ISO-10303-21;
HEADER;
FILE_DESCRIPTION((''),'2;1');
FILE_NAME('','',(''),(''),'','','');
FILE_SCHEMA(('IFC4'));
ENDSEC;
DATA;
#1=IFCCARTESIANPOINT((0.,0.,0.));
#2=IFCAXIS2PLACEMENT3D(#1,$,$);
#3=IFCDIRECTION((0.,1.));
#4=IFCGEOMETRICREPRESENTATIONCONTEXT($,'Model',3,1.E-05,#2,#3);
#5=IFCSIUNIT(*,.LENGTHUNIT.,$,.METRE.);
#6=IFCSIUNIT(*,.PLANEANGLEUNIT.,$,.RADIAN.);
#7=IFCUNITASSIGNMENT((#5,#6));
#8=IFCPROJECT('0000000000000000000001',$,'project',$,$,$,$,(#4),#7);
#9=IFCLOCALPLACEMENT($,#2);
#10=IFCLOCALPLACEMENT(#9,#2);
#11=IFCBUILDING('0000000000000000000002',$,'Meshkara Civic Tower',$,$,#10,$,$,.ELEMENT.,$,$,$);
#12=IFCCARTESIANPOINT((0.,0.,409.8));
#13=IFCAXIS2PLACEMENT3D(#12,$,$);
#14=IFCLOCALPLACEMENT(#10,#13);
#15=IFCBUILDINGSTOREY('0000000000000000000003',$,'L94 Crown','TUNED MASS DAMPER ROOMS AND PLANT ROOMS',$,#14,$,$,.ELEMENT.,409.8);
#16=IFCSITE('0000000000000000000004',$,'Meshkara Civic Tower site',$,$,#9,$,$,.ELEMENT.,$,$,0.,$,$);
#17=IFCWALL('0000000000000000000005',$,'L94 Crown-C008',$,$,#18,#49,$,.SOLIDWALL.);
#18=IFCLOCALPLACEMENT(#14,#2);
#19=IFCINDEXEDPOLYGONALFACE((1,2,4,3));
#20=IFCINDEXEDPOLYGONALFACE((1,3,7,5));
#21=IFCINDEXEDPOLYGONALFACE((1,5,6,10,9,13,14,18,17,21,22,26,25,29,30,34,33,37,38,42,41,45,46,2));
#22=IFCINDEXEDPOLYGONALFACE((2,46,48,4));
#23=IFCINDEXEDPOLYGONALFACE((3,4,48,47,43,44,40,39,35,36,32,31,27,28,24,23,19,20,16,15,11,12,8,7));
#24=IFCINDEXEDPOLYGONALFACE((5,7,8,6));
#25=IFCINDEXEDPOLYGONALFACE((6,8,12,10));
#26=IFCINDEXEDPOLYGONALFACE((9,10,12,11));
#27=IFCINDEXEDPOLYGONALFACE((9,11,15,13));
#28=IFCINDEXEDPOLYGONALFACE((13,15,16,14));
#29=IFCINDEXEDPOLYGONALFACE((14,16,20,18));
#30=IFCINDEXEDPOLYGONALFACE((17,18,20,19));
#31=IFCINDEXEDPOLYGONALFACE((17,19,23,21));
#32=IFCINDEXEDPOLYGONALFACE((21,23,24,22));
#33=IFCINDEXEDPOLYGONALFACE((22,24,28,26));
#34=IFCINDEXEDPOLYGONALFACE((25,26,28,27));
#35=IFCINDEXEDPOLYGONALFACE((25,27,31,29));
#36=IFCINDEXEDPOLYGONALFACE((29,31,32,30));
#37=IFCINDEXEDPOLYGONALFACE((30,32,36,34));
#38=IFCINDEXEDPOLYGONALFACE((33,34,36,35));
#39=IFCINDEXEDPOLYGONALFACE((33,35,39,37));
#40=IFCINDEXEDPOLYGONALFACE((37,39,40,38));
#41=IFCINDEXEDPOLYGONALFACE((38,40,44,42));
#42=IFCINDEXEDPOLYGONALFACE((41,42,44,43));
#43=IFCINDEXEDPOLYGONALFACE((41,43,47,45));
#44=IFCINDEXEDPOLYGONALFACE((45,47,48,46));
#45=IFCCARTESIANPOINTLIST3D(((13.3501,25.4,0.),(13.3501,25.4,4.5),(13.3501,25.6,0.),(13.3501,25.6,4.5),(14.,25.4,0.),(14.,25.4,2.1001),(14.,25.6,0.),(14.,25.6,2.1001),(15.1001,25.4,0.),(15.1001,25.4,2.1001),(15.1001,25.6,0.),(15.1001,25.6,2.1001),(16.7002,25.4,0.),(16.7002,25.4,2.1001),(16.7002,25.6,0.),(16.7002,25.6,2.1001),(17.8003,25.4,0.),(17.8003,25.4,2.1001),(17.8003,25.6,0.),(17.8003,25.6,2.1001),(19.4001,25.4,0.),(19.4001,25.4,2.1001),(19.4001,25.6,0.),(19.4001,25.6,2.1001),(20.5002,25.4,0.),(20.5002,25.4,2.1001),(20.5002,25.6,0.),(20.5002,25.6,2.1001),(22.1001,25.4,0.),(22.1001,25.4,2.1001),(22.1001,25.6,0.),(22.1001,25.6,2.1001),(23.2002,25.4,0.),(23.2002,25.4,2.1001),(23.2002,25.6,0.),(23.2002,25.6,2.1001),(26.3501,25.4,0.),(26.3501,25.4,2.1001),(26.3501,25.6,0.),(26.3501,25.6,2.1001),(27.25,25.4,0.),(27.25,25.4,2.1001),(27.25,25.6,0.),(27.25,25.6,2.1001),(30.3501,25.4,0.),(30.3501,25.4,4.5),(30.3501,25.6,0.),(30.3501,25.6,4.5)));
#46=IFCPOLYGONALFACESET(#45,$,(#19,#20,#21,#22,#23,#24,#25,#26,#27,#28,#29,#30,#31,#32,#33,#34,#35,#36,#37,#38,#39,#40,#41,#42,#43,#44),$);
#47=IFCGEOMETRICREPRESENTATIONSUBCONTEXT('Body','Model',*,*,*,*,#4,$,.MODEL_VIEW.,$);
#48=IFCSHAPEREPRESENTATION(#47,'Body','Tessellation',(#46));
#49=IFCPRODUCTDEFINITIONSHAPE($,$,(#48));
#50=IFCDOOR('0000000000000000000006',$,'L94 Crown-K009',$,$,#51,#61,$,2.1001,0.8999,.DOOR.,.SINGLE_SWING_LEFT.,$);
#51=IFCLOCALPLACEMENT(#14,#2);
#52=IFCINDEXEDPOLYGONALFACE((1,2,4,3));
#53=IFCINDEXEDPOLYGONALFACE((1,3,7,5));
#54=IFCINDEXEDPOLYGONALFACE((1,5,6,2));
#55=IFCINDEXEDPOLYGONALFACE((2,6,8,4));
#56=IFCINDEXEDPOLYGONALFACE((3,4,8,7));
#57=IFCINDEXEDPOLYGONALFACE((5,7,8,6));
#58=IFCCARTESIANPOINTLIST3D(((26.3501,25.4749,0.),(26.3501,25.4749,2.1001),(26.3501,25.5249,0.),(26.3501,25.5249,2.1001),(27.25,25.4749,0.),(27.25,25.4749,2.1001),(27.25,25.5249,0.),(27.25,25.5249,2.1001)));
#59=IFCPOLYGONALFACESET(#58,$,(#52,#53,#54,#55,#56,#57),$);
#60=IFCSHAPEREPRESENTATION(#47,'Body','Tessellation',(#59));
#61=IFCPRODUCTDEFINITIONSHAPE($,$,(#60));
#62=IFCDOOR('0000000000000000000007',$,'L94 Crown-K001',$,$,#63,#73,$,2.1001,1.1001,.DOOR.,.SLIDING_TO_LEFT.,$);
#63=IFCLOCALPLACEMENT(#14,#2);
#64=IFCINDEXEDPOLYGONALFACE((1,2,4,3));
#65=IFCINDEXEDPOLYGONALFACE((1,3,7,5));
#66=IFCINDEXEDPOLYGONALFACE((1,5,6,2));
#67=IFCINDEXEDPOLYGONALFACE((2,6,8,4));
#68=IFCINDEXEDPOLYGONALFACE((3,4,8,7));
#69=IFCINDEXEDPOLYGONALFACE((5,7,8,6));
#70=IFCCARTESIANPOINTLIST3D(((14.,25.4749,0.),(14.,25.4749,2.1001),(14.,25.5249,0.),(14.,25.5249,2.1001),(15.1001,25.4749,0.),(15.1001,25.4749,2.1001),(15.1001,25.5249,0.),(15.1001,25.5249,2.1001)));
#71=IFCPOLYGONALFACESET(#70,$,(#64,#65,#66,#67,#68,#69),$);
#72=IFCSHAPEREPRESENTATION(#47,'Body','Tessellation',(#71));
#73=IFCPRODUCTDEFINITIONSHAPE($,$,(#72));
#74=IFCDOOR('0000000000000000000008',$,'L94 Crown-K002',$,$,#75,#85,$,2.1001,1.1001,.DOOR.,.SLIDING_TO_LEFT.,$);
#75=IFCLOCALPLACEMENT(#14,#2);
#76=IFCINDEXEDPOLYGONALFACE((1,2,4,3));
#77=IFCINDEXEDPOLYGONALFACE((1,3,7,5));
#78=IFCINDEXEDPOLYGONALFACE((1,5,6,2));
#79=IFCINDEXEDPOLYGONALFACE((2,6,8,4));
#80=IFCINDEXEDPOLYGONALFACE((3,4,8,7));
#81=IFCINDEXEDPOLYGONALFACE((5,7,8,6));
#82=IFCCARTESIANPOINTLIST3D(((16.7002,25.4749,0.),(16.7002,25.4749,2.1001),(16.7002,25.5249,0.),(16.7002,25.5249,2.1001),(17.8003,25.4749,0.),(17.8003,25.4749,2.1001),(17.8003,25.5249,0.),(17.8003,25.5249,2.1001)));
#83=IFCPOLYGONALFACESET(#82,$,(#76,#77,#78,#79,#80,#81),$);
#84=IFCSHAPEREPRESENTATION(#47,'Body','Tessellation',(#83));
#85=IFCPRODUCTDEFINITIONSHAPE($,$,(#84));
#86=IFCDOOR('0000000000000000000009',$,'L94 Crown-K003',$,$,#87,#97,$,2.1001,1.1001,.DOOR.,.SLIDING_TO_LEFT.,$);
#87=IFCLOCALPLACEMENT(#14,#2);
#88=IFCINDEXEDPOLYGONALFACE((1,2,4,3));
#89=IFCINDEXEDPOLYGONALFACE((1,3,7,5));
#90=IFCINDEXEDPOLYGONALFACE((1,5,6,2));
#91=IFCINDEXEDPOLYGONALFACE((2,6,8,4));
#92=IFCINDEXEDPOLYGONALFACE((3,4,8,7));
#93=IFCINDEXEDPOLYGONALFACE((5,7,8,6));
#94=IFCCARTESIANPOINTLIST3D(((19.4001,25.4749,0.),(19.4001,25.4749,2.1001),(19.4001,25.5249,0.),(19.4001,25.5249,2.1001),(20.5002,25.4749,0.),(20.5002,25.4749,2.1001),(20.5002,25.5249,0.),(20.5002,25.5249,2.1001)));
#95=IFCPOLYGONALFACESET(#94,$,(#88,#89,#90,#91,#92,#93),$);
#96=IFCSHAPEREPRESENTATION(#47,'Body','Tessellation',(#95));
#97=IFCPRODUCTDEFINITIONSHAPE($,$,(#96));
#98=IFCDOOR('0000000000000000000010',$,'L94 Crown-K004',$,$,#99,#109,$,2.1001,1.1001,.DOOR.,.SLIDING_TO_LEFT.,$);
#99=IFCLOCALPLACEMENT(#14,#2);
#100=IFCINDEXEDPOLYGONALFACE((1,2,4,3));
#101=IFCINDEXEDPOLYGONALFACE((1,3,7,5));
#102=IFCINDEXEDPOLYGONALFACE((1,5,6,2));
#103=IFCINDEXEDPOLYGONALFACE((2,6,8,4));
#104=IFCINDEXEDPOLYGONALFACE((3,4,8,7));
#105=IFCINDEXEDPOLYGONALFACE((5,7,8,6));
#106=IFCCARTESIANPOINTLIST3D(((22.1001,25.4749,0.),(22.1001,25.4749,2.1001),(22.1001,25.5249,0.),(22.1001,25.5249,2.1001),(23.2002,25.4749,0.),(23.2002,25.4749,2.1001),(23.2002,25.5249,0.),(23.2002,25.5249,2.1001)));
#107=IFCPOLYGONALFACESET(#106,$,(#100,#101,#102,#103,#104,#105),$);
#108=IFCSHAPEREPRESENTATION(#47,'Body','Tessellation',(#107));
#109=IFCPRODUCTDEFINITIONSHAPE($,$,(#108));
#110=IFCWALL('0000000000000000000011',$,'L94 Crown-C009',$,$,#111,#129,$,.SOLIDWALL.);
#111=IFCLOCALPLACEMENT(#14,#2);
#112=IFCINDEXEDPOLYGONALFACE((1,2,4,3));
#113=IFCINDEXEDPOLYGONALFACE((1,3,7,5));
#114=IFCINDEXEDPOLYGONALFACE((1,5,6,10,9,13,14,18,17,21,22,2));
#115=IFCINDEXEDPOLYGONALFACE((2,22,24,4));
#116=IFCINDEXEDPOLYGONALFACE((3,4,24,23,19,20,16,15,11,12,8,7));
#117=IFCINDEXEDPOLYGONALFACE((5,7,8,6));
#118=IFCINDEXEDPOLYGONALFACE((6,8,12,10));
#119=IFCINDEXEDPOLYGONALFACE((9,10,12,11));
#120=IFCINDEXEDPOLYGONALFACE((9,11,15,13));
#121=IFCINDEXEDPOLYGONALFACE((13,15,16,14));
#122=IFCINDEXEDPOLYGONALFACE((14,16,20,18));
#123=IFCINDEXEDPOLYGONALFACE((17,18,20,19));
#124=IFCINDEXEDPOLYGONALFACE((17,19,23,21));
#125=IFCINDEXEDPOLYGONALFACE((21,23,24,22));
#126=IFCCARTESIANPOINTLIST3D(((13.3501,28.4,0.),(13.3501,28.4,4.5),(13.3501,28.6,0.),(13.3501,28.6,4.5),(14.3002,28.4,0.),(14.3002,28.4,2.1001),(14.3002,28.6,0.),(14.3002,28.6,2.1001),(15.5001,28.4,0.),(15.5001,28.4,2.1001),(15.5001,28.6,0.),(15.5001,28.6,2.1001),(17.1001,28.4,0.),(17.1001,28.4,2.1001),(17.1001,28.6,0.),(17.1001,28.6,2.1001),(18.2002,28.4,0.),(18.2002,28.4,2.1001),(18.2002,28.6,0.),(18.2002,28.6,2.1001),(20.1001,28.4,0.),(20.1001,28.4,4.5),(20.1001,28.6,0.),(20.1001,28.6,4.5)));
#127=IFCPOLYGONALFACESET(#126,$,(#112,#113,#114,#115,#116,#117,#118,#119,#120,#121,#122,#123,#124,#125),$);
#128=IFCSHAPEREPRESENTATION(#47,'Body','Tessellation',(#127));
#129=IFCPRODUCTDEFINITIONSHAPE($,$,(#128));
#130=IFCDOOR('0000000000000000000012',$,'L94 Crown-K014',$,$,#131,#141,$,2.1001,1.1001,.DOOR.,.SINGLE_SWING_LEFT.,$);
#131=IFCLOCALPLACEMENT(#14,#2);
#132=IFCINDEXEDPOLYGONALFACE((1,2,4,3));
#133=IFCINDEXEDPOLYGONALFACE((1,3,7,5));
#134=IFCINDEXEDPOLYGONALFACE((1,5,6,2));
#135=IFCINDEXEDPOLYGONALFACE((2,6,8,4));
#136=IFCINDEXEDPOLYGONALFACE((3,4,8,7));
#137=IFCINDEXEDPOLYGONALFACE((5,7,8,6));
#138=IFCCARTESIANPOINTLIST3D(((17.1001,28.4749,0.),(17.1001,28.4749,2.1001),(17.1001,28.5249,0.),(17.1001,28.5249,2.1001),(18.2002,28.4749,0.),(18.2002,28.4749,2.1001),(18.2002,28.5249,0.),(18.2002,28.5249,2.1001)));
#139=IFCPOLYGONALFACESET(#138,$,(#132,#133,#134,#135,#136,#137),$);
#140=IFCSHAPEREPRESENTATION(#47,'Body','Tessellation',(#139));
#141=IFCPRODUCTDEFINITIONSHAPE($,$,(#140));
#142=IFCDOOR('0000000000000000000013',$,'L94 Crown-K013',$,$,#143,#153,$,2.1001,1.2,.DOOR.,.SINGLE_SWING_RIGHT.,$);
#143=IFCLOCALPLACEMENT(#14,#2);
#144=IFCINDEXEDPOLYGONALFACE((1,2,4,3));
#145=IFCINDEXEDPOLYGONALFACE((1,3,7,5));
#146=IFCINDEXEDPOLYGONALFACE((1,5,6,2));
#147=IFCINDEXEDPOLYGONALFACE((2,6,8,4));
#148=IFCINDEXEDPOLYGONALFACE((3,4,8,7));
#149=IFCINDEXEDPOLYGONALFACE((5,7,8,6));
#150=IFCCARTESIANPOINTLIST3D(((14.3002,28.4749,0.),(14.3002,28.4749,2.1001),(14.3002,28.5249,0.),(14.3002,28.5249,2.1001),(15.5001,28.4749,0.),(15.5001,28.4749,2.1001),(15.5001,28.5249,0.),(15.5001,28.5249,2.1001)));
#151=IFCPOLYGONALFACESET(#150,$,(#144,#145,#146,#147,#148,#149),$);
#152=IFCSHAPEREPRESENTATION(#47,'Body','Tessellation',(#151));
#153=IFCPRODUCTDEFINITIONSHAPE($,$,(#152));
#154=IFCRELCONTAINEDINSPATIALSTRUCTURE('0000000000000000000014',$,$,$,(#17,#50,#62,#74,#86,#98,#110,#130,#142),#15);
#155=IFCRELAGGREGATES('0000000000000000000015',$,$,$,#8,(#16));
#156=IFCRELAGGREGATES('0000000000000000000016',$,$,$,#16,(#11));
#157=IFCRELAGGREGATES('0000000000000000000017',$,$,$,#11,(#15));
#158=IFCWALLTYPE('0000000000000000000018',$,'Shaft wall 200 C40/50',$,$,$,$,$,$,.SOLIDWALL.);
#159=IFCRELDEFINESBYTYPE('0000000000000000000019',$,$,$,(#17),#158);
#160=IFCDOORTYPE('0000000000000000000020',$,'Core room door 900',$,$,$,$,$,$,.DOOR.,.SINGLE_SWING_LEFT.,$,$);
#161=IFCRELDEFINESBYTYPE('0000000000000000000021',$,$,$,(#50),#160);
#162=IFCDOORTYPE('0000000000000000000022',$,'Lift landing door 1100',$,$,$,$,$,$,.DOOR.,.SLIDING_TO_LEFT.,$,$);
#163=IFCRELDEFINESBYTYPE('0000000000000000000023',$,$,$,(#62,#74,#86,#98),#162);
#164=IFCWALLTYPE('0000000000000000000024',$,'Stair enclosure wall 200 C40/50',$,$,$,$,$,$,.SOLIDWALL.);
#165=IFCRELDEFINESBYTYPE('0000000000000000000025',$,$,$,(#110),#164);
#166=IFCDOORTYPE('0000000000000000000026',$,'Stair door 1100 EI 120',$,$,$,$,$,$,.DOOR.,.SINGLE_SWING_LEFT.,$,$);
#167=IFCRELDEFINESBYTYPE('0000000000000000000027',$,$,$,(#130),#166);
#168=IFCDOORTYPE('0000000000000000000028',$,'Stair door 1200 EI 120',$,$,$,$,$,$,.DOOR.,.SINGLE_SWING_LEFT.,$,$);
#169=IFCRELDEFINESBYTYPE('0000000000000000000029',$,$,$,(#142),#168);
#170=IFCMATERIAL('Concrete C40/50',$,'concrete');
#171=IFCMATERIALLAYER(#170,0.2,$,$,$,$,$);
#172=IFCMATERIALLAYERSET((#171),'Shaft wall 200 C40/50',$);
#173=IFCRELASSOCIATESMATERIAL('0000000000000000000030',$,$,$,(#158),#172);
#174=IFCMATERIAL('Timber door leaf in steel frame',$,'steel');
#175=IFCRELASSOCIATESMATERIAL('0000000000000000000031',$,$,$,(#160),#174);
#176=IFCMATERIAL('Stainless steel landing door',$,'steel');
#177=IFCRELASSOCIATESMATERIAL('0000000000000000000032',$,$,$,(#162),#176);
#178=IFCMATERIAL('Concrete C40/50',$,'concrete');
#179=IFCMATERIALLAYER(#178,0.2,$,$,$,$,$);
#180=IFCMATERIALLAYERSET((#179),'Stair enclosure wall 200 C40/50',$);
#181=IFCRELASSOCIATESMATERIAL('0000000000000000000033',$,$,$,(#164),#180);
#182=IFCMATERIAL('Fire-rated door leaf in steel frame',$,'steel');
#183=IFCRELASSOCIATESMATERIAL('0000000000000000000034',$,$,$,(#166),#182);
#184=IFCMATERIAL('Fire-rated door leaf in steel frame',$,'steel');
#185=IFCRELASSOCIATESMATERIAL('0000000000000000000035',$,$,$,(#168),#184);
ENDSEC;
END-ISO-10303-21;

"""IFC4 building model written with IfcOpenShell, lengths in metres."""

from ifc_helpers import new_model, si_unit, direction, frame, frame_2d, origin, place, context, subcontext, project, spatial, rectangle, extrude, material, layer, layer_set, type_object, element, fill, save


model = new_model("IFC4")

# Units and contexts
model_context = context("Model", 3, precision=1e-05, world=origin(), true_north=direction((0.0, 1.0)))
body_context = subcontext(model_context, "Body", "Model", "MODEL_VIEW")
ifc_project = project(units=[si_unit("LENGTHUNIT", "METRE"), si_unit("PLANEANGLEUNIT", "RADIAN")], contexts=[model_context])

# Site, building, storey
site_placement = place(None, origin())
site = spatial("IfcSite", under=ifc_project, at=site_placement, Name="Meshkara Civic Tower site", CompositionType="ELEMENT", RefElevation=0.0)
building_placement = place(site_placement, origin())
building = spatial("IfcBuilding", under=site, at=building_placement, Name="Meshkara Civic Tower", CompositionType="ELEMENT")
storey_placement = place(building_placement, frame((0.0, 0.0, 409.8)))
storey = spatial("IfcBuildingStorey", under=building, at=storey_placement, Name="L94 Crown", Description="TUNED MASS DAMPER ROOMS AND PLANT ROOMS", CompositionType="ELEMENT", Elevation=409.8)

# Walls, openings, doors
ifc_material_1 = material(Name="Concrete C40/50", Category="concrete")
ifc_layer_1 = layer(ifc_material_1, 0.2)
ifc_layer_set_1 = layer_set([ifc_layer_1], Name="Shaft wall 200 C40/50")
wall_type_1 = type_object("IfcWallType", Name="Shaft wall 200 C40/50", PredefinedType="SOLIDWALL", material=ifc_layer_set_1)
wall_1_placement = place(storey_placement, frame((13.3501, 25.5, 0.0), z_axis=(0.0, 0.0, 1.0), x_axis=(1.0, 0.0, 0.0)))
wall_1 = element("IfcWall", 1, at=wall_1_placement, inside=storey, type_object=wall_type_1, Name="L94 Crown-C008", PredefinedType="SOLIDWALL", context=body_context, shape_type="SweptSolid", body=[
    extrude(rectangle(XDim=17.0, YDim=0.2, at=frame_2d((8.5, 0.0))), origin(), (0.0, 0.0, 1.0), 4.5),
])
opening_1_placement = place(wall_1_placement, frame((0.6499, 0.0, 0.0)))
opening_1 = element("IfcOpeningElement", 2, at=opening_1_placement, cuts=wall_1, PredefinedType="OPENING", context=body_context, shape_type="SweptSolid", body=[
    extrude(rectangle(XDim=1.1001, YDim=2.1001, at=frame_2d((0.55, 1.05))), frame((0.0, 0.1099, 0.0), z_axis=(0.0, -1.0, 0.0), x_axis=(1.0, 0.0, 0.0)), (0.0, 0.0, 1.0), 0.22),
])
opening_2_placement = place(wall_1_placement, frame((3.3501, 0.0, 0.0)))
opening_2 = element("IfcOpeningElement", 3, at=opening_2_placement, cuts=wall_1, PredefinedType="OPENING", context=body_context, shape_type="SweptSolid", body=[
    extrude(rectangle(XDim=1.1001, YDim=2.1001, at=frame_2d((0.55, 1.05))), frame((0.0, 0.1099, 0.0), z_axis=(0.0, -1.0, 0.0), x_axis=(1.0, 0.0, 0.0)), (0.0, 0.0, 1.0), 0.22),
])
opening_3_placement = place(wall_1_placement, frame((6.05, 0.0, 0.0)))
opening_3 = element("IfcOpeningElement", 4, at=opening_3_placement, cuts=wall_1, PredefinedType="OPENING", context=body_context, shape_type="SweptSolid", body=[
    extrude(rectangle(XDim=1.1001, YDim=2.1001, at=frame_2d((0.55, 1.05))), frame((0.0, 0.1099, 0.0), z_axis=(0.0, -1.0, 0.0), x_axis=(1.0, 0.0, 0.0)), (0.0, 0.0, 1.0), 0.22),
])
opening_4_placement = place(wall_1_placement, frame((8.75, 0.0, 0.0)))
opening_4 = element("IfcOpeningElement", 5, at=opening_4_placement, cuts=wall_1, PredefinedType="OPENING", context=body_context, shape_type="SweptSolid", body=[
    extrude(rectangle(XDim=1.1001, YDim=2.1001, at=frame_2d((0.55, 1.05))), frame((0.0, 0.1099, 0.0), z_axis=(0.0, -1.0, 0.0), x_axis=(1.0, 0.0, 0.0)), (0.0, 0.0, 1.0), 0.22),
])
opening_5_placement = place(wall_1_placement, frame((13.0, 0.0, 0.0)))
opening_5 = element("IfcOpeningElement", 6, at=opening_5_placement, cuts=wall_1, PredefinedType="OPENING", context=body_context, shape_type="SweptSolid", body=[
    extrude(rectangle(XDim=0.8999, YDim=2.1001, at=frame_2d((0.45, 1.05))), frame((0.0, 0.1099, 0.0), z_axis=(0.0, -1.0, 0.0), x_axis=(1.0, 0.0, 0.0)), (0.0, 0.0, 1.0), 0.22),
])
ifc_material_2 = material(Name="Timber door leaf in steel frame", Category="steel")
door_type_1 = type_object("IfcDoorType", Name="Core room door 900", OperationType="SINGLE_SWING_LEFT", PredefinedType="DOOR", material=ifc_material_2)
door_1_placement = place(opening_5_placement, origin())
door_1 = element("IfcDoor", 7, at=door_1_placement, inside=storey, type_object=door_type_1, Name="L94 Crown-K009", OperationType="SINGLE_SWING_LEFT", OverallHeight=2.1001, OverallWidth=0.8999, PredefinedType="DOOR", context=body_context, shape_type="SweptSolid", body=[
    extrude(rectangle(XDim=0.8999, YDim=2.1001, at=frame_2d((0.45, 1.05))), frame((0.0, 0.0249, 0.0), z_axis=(0.0, -1.0, 0.0), x_axis=(1.0, 0.0, 0.0)), (0.0, 0.0, 1.0), 0.05),
])
fill(opening_5, door_1)
ifc_material_3 = material(Name="Stainless steel landing door", Category="steel")
door_type_2 = type_object("IfcDoorType", Name="Lift landing door 1100", OperationType="SLIDING_TO_LEFT", PredefinedType="DOOR", material=ifc_material_3)
door_2_placement = place(opening_1_placement, origin())
door_2 = element("IfcDoor", 8, at=door_2_placement, inside=storey, type_object=door_type_2, Name="L94 Crown-K001", OperationType="SLIDING_TO_LEFT", OverallHeight=2.1001, OverallWidth=1.1001, PredefinedType="DOOR", context=body_context, shape_type="SweptSolid", body=[
    extrude(rectangle(XDim=1.1001, YDim=2.1001, at=frame_2d((0.55, 1.05))), frame((0.0, 0.0249, 0.0), z_axis=(0.0, -1.0, 0.0), x_axis=(1.0, 0.0, 0.0)), (0.0, 0.0, 1.0), 0.05),
])
fill(opening_1, door_2)
door_3_placement = place(opening_2_placement, origin())
door_3 = element("IfcDoor", 9, at=door_3_placement, inside=storey, type_object=door_type_2, Name="L94 Crown-K002", OperationType="SLIDING_TO_LEFT", OverallHeight=2.1001, OverallWidth=1.1001, PredefinedType="DOOR", context=body_context, shape_type="SweptSolid", body=[
    extrude(rectangle(XDim=1.1001, YDim=2.1001, at=frame_2d((0.55, 1.05))), frame((0.0, 0.0249, 0.0), z_axis=(0.0, -1.0, 0.0), x_axis=(1.0, 0.0, 0.0)), (0.0, 0.0, 1.0), 0.05),
])
fill(opening_2, door_3)
door_4_placement = place(opening_3_placement, origin())
door_4 = element("IfcDoor", 10, at=door_4_placement, inside=storey, type_object=door_type_2, Name="L94 Crown-K003", OperationType="SLIDING_TO_LEFT", OverallHeight=2.1001, OverallWidth=1.1001, PredefinedType="DOOR", context=body_context, shape_type="SweptSolid", body=[
    extrude(rectangle(XDim=1.1001, YDim=2.1001, at=frame_2d((0.55, 1.05))), frame((0.0, 0.0249, 0.0), z_axis=(0.0, -1.0, 0.0), x_axis=(1.0, 0.0, 0.0)), (0.0, 0.0, 1.0), 0.05),
])
fill(opening_3, door_4)
door_5_placement = place(opening_4_placement, origin())
door_5 = element("IfcDoor", 11, at=door_5_placement, inside=storey, type_object=door_type_2, Name="L94 Crown-K004", OperationType="SLIDING_TO_LEFT", OverallHeight=2.1001, OverallWidth=1.1001, PredefinedType="DOOR", context=body_context, shape_type="SweptSolid", body=[
    extrude(rectangle(XDim=1.1001, YDim=2.1001, at=frame_2d((0.55, 1.05))), frame((0.0, 0.0249, 0.0), z_axis=(0.0, -1.0, 0.0), x_axis=(1.0, 0.0, 0.0)), (0.0, 0.0, 1.0), 0.05),
])
fill(opening_4, door_5)
ifc_material_4 = material(Name="Concrete C40/50", Category="concrete")
ifc_layer_2 = layer(ifc_material_4, 0.2)
ifc_layer_set_2 = layer_set([ifc_layer_2], Name="Stair enclosure wall 200 C40/50")
wall_type_2 = type_object("IfcWallType", Name="Stair enclosure wall 200 C40/50", PredefinedType="SOLIDWALL", material=ifc_layer_set_2)
wall_2_placement = place(storey_placement, frame((13.3501, 28.5, 0.0), z_axis=(0.0, 0.0, 1.0), x_axis=(1.0, 0.0, 0.0)))
wall_2 = element("IfcWall", 12, at=wall_2_placement, inside=storey, type_object=wall_type_2, Name="L94 Crown-C009", PredefinedType="SOLIDWALL", context=body_context, shape_type="SweptSolid", body=[
    extrude(rectangle(XDim=6.75, YDim=0.2, at=frame_2d((3.375, 0.0))), origin(), (0.0, 0.0, 1.0), 4.5),
])
opening_6_placement = place(wall_2_placement, frame((0.95, 0.0, 0.0)))
opening_6 = element("IfcOpeningElement", 13, at=opening_6_placement, cuts=wall_2, PredefinedType="OPENING", context=body_context, shape_type="SweptSolid", body=[
    extrude(rectangle(XDim=1.2, YDim=2.1001, at=frame_2d((0.6001, 1.05))), frame((0.0, 0.1099, 0.0), z_axis=(0.0, -1.0, 0.0), x_axis=(1.0, 0.0, 0.0)), (0.0, 0.0, 1.0), 0.22),
])
opening_7_placement = place(wall_2_placement, frame((3.75, 0.0, 0.0)))
opening_7 = element("IfcOpeningElement", 14, at=opening_7_placement, cuts=wall_2, PredefinedType="OPENING", context=body_context, shape_type="SweptSolid", body=[
    extrude(rectangle(XDim=1.1001, YDim=2.1001, at=frame_2d((0.55, 1.05))), frame((0.0, 0.1099, 0.0), z_axis=(0.0, -1.0, 0.0), x_axis=(1.0, 0.0, 0.0)), (0.0, 0.0, 1.0), 0.22),
])
ifc_material_5 = material(Name="Fire-rated door leaf in steel frame", Category="steel")
door_type_3 = type_object("IfcDoorType", Name="Stair door 1100 EI 120", OperationType="SINGLE_SWING_LEFT", PredefinedType="DOOR", material=ifc_material_5)
door_6_placement = place(opening_7_placement, origin())
door_6 = element("IfcDoor", 15, at=door_6_placement, inside=storey, type_object=door_type_3, Name="L94 Crown-K014", OperationType="SINGLE_SWING_LEFT", OverallHeight=2.1001, OverallWidth=1.1001, PredefinedType="DOOR", context=body_context, shape_type="SweptSolid", body=[
    extrude(rectangle(XDim=1.1001, YDim=2.1001, at=frame_2d((0.55, 1.05))), frame((0.0, 0.0249, 0.0), z_axis=(0.0, -1.0, 0.0), x_axis=(1.0, 0.0, 0.0)), (0.0, 0.0, 1.0), 0.05),
])
fill(opening_7, door_6)
ifc_material_6 = material(Name="Fire-rated door leaf in steel frame", Category="steel")
door_type_4 = type_object("IfcDoorType", Name="Stair door 1200 EI 120", OperationType="SINGLE_SWING_LEFT", PredefinedType="DOOR", material=ifc_material_6)
door_7_placement = place(opening_6_placement, origin())
door_7 = element("IfcDoor", 16, at=door_7_placement, inside=storey, type_object=door_type_4, Name="L94 Crown-K013", OperationType="SINGLE_SWING_RIGHT", OverallHeight=2.1001, OverallWidth=1.2, PredefinedType="DOOR", context=body_context, shape_type="SweptSolid", body=[
    extrude(rectangle(XDim=1.2, YDim=2.1001, at=frame_2d((0.6001, 1.05))), frame((0.0, 0.0249, 0.0), z_axis=(0.0, -1.0, 0.0), x_axis=(1.0, 0.0, 0.0)), (0.0, 0.0, 1.0), 0.05),
])
fill(opening_6, door_7)

save(model, "model.ifc")
